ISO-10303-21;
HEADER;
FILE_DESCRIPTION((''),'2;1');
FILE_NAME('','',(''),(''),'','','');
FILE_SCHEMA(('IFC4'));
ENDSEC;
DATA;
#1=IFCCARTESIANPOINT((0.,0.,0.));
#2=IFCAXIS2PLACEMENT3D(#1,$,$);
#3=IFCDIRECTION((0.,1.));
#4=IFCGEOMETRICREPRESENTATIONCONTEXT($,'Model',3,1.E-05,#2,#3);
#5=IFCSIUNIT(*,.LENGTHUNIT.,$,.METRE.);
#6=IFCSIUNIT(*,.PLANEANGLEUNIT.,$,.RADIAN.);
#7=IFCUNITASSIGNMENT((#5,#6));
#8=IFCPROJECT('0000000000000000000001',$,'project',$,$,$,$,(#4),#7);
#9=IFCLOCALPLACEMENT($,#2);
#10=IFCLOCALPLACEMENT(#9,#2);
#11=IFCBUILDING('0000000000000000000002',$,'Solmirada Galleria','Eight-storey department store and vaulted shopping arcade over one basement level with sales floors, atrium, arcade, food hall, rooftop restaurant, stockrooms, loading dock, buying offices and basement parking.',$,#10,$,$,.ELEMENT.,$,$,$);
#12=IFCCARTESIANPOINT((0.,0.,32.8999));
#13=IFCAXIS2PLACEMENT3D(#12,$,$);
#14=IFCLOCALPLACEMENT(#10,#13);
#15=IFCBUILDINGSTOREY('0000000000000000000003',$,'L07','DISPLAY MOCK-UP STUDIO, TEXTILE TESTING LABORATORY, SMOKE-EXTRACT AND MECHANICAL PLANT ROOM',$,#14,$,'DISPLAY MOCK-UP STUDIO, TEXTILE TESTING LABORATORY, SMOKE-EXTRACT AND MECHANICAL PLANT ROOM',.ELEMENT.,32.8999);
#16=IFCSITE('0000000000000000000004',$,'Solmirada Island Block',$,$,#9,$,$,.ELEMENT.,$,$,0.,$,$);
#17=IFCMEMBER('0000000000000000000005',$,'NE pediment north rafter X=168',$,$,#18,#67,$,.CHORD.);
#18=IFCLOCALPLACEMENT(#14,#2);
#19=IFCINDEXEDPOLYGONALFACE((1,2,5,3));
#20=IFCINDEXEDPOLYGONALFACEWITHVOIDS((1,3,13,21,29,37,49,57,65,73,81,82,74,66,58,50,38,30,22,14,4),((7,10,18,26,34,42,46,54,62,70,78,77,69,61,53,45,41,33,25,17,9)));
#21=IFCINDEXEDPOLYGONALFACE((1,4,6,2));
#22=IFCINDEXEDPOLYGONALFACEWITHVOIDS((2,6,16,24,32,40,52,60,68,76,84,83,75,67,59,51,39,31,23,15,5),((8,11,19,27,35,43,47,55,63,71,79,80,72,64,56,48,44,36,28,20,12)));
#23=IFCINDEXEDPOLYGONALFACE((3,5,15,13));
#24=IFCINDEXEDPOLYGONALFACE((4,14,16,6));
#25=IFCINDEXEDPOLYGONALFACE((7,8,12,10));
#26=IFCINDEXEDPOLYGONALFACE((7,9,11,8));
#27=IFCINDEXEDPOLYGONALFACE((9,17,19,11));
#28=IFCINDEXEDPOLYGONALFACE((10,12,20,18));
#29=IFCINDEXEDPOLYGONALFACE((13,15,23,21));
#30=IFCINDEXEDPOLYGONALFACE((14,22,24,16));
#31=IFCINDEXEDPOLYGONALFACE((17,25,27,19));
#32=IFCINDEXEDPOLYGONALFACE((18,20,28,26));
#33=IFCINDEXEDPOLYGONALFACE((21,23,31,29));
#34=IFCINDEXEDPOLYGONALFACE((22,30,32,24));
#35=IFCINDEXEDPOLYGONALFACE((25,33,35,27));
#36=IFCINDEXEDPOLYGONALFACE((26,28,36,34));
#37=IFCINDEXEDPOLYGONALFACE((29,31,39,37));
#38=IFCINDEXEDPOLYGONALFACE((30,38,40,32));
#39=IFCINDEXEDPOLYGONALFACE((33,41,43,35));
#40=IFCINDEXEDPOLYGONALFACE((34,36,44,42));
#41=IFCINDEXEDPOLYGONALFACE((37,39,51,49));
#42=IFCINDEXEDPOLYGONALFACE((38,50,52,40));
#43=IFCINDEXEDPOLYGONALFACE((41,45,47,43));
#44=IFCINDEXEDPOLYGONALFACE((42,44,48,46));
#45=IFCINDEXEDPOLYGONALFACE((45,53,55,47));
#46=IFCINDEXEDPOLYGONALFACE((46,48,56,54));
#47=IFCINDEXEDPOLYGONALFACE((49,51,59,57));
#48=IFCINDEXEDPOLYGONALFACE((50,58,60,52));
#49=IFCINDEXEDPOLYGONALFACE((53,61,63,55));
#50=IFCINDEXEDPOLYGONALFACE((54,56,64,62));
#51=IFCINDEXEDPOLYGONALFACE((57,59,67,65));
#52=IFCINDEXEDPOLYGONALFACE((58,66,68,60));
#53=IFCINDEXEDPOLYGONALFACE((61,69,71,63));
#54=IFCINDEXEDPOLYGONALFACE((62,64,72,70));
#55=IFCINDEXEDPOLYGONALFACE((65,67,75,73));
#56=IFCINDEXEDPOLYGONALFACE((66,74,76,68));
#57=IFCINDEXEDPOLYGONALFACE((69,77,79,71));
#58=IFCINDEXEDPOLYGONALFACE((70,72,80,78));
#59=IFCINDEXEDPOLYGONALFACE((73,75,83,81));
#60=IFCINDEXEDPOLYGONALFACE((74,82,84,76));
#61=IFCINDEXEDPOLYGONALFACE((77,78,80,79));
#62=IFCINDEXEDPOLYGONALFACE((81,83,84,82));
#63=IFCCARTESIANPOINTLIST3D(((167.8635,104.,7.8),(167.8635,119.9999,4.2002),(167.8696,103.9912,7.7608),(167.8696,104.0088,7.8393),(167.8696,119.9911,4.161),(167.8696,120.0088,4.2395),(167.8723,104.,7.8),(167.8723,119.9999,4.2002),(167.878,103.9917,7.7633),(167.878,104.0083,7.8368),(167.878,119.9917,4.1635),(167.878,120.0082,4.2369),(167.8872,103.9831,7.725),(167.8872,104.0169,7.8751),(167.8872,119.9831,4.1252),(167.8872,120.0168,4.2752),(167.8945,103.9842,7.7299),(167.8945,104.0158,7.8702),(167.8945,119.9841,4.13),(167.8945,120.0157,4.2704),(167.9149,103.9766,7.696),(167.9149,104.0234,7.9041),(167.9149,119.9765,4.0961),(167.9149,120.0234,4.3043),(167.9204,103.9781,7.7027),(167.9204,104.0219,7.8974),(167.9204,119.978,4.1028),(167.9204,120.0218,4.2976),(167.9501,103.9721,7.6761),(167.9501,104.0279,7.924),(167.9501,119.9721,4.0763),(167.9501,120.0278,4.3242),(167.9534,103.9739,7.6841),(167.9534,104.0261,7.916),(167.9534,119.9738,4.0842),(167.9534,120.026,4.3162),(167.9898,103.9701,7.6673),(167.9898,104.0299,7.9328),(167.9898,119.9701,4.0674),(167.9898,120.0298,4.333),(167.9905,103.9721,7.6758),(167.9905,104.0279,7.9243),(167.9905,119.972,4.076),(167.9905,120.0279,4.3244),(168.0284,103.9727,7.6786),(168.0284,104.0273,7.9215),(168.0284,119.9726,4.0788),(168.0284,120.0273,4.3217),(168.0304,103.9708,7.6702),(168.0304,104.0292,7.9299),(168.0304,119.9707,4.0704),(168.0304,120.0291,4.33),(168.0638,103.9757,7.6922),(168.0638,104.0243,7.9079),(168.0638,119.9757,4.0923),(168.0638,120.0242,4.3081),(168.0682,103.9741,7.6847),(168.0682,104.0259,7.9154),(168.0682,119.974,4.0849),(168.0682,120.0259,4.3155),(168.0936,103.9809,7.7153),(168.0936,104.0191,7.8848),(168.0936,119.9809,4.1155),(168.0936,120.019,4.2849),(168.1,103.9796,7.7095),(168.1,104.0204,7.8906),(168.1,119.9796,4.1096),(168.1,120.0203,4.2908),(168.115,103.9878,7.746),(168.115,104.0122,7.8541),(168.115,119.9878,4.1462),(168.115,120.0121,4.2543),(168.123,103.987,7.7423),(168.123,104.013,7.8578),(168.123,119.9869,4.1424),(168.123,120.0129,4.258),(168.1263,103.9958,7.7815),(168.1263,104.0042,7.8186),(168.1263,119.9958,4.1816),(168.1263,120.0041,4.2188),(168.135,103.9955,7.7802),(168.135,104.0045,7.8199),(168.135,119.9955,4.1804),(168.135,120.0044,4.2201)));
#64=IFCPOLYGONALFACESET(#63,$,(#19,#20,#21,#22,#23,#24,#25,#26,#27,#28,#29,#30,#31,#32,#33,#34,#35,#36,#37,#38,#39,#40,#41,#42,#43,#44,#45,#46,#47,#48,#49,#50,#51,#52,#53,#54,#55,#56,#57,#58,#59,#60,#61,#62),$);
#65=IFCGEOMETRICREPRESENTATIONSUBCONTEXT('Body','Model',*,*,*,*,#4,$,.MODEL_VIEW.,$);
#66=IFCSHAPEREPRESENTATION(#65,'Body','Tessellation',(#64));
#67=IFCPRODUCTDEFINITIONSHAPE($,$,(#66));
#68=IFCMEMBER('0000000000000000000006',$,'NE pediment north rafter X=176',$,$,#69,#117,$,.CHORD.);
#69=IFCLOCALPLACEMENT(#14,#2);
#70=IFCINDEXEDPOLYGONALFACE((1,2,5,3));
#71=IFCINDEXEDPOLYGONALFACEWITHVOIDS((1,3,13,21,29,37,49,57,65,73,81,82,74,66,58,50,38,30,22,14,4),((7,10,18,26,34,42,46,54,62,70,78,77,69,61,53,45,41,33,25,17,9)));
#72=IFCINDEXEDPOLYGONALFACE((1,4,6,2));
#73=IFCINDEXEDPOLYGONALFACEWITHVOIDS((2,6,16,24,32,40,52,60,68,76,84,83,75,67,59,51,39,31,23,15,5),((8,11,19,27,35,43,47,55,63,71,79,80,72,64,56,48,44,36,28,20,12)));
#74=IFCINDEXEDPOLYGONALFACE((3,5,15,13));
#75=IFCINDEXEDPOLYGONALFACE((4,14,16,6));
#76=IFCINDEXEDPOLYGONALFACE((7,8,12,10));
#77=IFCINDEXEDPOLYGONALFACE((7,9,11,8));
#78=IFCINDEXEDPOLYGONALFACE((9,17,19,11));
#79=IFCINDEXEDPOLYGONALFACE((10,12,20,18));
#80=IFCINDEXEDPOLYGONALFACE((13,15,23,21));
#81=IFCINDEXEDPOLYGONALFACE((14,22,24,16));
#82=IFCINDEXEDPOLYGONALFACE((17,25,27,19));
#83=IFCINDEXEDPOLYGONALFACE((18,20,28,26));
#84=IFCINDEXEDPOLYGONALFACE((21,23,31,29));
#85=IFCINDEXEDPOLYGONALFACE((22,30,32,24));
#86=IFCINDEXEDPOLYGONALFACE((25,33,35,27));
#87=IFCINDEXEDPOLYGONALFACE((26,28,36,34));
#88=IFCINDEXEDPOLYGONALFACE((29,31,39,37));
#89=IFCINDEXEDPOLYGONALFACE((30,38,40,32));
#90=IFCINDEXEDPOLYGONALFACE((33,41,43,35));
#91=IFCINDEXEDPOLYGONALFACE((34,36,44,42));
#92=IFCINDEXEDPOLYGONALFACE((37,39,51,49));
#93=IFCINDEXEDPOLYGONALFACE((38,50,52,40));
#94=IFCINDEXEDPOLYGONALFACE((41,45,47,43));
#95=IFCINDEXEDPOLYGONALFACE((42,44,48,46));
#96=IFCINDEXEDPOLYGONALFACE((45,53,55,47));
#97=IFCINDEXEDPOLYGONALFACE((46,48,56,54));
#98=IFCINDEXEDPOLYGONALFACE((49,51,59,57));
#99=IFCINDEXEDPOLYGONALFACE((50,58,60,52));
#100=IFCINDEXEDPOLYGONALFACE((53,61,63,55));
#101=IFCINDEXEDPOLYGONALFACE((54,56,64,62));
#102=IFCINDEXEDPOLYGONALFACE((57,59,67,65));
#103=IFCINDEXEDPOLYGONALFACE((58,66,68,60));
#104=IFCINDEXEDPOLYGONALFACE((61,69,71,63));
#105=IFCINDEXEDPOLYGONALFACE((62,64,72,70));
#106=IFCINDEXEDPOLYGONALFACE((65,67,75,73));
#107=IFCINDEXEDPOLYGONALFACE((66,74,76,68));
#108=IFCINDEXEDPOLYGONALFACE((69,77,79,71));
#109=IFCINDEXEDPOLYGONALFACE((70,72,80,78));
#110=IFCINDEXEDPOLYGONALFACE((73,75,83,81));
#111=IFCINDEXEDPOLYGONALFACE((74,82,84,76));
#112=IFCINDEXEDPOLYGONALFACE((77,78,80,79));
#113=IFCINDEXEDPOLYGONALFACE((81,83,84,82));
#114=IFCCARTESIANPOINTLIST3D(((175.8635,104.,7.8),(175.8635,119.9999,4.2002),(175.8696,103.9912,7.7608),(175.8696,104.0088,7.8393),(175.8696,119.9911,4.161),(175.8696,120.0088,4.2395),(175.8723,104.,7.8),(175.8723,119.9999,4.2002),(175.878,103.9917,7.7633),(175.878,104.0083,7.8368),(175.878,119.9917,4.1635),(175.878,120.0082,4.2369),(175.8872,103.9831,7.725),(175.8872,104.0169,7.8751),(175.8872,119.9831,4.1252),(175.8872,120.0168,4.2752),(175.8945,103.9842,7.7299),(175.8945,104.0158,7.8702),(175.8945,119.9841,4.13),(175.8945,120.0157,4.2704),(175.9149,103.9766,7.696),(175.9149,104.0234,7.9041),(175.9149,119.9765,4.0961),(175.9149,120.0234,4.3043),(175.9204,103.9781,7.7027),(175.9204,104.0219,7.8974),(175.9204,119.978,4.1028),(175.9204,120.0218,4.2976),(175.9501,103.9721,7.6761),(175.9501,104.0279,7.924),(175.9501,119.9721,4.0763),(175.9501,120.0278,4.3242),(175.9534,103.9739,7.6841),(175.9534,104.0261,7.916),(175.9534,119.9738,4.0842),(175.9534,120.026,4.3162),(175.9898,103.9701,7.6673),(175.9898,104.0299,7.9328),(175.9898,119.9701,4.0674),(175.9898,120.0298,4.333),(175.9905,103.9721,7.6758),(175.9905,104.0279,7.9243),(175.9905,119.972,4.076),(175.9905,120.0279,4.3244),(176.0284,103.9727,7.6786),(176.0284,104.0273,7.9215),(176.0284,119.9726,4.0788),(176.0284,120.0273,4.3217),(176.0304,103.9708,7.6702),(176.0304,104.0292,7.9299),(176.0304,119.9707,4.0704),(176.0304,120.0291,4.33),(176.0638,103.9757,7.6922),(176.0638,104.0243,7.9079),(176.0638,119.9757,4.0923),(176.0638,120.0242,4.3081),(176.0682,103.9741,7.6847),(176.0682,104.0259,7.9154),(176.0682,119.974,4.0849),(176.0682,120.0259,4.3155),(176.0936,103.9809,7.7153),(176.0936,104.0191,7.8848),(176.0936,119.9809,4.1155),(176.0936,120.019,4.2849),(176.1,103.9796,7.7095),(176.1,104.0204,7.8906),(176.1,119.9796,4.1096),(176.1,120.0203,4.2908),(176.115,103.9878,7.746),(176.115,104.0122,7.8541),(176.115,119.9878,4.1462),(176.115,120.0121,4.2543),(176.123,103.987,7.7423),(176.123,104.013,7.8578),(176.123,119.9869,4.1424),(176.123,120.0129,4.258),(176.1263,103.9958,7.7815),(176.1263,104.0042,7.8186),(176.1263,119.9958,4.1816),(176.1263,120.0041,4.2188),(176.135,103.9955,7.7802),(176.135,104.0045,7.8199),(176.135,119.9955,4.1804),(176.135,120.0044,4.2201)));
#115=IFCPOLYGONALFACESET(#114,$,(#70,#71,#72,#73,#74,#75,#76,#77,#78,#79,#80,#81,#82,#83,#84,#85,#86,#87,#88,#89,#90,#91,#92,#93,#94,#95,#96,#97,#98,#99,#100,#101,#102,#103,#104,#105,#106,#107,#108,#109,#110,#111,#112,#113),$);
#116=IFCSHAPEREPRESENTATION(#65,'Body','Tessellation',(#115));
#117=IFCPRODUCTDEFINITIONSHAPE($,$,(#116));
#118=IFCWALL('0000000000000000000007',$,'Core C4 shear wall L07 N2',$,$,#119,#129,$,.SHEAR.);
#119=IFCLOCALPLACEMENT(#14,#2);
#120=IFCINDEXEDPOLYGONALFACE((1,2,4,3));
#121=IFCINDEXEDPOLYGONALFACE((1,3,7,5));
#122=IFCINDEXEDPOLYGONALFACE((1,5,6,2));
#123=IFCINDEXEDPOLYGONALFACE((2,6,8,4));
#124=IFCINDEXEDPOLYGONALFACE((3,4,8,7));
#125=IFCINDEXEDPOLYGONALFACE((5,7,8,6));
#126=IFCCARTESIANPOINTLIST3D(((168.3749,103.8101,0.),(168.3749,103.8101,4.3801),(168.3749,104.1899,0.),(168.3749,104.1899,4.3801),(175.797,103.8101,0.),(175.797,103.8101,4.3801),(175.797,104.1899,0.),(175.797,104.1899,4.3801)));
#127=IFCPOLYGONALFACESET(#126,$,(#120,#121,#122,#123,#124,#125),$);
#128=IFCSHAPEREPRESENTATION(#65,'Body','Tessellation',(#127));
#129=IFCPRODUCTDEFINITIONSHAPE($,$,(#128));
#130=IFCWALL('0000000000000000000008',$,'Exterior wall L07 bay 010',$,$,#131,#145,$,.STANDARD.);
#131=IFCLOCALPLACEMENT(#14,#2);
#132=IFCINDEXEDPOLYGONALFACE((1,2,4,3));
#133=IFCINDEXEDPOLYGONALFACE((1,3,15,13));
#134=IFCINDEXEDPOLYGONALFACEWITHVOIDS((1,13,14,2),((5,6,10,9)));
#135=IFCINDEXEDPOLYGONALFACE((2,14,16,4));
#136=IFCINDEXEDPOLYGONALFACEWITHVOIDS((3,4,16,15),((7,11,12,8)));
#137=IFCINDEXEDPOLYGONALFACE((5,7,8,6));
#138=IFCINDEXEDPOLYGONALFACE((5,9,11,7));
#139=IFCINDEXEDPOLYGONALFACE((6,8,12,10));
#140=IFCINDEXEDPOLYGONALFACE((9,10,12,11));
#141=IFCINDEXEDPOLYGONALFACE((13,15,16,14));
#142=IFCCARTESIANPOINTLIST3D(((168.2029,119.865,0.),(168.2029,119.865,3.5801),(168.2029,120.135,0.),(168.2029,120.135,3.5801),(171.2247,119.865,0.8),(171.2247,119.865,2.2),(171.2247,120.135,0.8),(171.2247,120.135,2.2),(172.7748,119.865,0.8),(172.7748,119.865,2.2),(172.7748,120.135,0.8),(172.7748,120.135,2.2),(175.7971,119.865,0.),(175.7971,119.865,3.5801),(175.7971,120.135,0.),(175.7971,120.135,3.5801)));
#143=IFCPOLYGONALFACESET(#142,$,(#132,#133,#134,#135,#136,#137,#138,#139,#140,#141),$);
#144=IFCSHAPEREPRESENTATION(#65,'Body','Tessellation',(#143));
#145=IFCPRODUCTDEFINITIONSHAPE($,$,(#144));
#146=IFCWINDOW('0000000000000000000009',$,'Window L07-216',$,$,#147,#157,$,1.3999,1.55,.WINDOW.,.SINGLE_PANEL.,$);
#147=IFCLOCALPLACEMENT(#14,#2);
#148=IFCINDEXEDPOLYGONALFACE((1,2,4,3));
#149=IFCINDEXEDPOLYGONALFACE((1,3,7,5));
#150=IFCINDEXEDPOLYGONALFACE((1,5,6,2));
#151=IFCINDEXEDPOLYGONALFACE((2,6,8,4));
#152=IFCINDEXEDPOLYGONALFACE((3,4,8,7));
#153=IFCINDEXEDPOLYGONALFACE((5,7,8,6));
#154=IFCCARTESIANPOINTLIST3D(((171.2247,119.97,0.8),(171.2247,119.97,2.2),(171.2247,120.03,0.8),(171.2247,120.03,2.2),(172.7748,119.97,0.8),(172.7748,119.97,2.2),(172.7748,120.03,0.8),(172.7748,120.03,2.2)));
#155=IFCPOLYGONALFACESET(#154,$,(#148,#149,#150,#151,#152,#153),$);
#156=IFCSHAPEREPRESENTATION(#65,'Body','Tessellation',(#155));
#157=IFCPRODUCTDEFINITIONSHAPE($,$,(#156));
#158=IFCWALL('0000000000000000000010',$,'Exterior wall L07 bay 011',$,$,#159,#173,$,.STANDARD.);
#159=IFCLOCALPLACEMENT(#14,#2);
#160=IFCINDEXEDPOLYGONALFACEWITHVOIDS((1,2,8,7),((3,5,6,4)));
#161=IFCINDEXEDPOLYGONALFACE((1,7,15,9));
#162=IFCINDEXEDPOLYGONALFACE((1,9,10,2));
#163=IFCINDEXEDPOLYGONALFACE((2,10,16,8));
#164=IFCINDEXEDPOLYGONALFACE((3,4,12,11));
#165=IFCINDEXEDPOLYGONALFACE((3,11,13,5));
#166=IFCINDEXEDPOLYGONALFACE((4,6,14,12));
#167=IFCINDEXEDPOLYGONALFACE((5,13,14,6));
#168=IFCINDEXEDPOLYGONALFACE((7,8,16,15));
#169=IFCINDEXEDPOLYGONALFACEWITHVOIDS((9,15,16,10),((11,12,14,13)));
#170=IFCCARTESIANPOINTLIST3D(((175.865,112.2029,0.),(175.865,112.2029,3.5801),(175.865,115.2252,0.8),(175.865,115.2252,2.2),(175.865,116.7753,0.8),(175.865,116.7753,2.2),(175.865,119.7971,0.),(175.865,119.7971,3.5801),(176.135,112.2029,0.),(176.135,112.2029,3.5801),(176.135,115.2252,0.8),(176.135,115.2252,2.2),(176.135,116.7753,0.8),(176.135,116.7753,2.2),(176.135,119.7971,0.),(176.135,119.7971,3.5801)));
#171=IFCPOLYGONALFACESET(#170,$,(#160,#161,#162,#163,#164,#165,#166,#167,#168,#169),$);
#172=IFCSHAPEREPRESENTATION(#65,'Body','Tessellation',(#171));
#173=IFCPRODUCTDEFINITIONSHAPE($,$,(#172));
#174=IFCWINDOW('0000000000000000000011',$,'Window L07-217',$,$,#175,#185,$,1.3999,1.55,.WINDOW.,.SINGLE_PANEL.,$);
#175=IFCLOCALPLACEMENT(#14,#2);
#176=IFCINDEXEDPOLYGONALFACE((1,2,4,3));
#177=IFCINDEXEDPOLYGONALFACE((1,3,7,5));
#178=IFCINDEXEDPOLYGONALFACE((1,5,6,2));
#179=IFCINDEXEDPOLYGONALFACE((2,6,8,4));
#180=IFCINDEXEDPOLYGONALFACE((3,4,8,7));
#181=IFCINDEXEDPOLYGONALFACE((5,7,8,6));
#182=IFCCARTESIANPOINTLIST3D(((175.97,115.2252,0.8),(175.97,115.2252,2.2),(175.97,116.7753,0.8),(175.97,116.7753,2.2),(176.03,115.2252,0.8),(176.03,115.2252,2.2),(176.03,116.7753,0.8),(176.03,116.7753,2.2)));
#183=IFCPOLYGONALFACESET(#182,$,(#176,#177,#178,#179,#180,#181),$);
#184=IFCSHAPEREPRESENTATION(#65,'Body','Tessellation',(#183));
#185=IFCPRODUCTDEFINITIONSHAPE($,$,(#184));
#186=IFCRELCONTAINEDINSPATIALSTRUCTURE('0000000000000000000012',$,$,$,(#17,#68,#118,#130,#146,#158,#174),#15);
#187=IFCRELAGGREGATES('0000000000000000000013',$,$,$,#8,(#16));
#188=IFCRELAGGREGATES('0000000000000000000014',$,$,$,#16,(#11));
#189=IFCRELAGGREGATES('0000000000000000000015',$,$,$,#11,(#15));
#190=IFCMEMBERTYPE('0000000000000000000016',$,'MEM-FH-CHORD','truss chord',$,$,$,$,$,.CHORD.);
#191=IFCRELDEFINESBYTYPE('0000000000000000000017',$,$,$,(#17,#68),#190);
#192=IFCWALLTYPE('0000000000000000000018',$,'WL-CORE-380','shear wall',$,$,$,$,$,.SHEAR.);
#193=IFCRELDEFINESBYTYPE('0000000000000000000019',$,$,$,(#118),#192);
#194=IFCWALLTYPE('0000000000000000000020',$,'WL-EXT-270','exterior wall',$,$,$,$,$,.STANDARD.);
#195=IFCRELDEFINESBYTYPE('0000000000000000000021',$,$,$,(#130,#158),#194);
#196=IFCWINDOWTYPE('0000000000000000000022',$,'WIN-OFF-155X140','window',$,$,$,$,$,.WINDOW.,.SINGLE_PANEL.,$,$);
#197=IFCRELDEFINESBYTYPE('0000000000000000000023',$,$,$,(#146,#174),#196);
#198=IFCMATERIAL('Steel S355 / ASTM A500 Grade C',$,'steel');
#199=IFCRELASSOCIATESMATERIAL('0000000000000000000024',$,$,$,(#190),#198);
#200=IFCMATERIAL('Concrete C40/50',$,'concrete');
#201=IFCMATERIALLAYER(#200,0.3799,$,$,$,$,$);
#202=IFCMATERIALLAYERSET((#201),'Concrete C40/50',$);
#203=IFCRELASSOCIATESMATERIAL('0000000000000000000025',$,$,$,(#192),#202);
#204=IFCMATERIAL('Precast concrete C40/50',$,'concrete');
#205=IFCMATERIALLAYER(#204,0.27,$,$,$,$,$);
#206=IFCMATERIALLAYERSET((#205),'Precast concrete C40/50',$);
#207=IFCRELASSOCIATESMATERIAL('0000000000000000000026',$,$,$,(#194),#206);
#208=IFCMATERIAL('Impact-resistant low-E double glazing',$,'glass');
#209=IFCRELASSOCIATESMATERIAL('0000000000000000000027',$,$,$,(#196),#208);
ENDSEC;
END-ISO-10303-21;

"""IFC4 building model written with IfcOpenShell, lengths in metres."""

from ifc_helpers import new_model, si_unit, direction, frame, frame_2d, origin, origin_2d, place, context, subcontext, project, spatial, rectangle, hollow_circle, extrude, material, layer, layer_set, material_profile, profile_set, type_object, element, fill, save


model = new_model("IFC4")

# Units and contexts
model_context = context("Model", 3, precision=1e-05, world=origin(), true_north=direction((0.0, 1.0)))
body_context = subcontext(model_context, "Body", "Model", "MODEL_VIEW")
ifc_project = project(units=[si_unit("LENGTHUNIT", "METRE"), si_unit("PLANEANGLEUNIT", "RADIAN")], contexts=[model_context])

# Site, building, storey
site_placement = place(None, origin())
site = spatial("IfcSite", under=ifc_project, at=site_placement, Name="Solmirada Island Block", CompositionType="ELEMENT", RefElevation=0.0)
building_placement = place(site_placement, origin())
building = spatial("IfcBuilding", under=site, at=building_placement, Name="Solmirada Galleria", Description="Eight-storey department store and vaulted shopping arcade over one basement level with sales floors, atrium, arcade, food hall, rooftop restaurant, stockrooms, loading dock, buying offices and basement parking.", CompositionType="ELEMENT")
storey_placement = place(building_placement, frame((0.0, 0.0, 32.8999)))
storey = spatial("IfcBuildingStorey", under=building, at=storey_placement, Name="L07", Description="DISPLAY MOCK-UP STUDIO, TEXTILE TESTING LABORATORY, SMOKE-EXTRACT AND MECHANICAL PLANT ROOM", LongName="DISPLAY MOCK-UP STUDIO, TEXTILE TESTING LABORATORY, SMOKE-EXTRACT AND MECHANICAL PLANT ROOM", CompositionType="ELEMENT", Elevation=32.8999)

# Shared definitions
ifc_material_1 = material(Name="Steel S355 / ASTM A500 Grade C", Category="steel")
ifc_material_2 = material(Name="Concrete C40/50", Category="concrete")

# Members
ifc_material_profile_1 = material_profile(ifc_material_1, hollow_circle(Radius=0.1365, WallThickness=0.0088, at=origin_2d()), Name="HSS10.750X0.375")
ifc_profile_set_1 = profile_set([ifc_material_profile_1], Name="Steel S355 / ASTM A500 Grade C")
member_type_1 = type_object("IfcMemberType", Name="MEM-FH-CHORD", Description="truss chord", PredefinedType="CHORD", material=ifc_profile_set_1)
for number, where, z_axis, x_axis, name in (
    (1, (168.0, 104.0, 7.8), (0.0, 0.975612, -0.219504), (-1.0, 0.0, 0.0), "NE pediment north rafter X=168"),
    (2, (176.0, 104.0, 7.8), (0.0, 0.975612, -0.219504), (-1.0, 0.0, 0.0), "NE pediment north rafter X=176"),
):
    element("IfcMember", number, at=place(storey_placement, frame(where, z_axis=z_axis, x_axis=x_axis)), inside=storey, type_object=member_type_1, Name=name, PredefinedType="CHORD", context=body_context, shape_type="SweptSolid", body=[
        extrude(hollow_circle(Radius=0.1365, WallThickness=0.0088, at=origin_2d()), origin(), (0.0, 0.0, 1.0), 16.3999),
    ])

# Wall
ifc_layer_1 = layer(ifc_material_2, 0.3799)
ifc_layer_set_1 = layer_set([ifc_layer_1], Name="Concrete C40/50")
wall_type_1 = type_object("IfcWallType", Name="WL-CORE-380", Description="shear wall", PredefinedType="SHEAR", material=ifc_layer_set_1)
wall_1_placement = place(storey_placement, frame((168.375, 104.0, 0.0), z_axis=(0.0, 0.0, 1.0), x_axis=(1.0, 0.0, 0.0)))
element("IfcWall", 3, at=wall_1_placement, inside=storey, type_object=wall_type_1, Name="Core C4 shear wall L07 N2", PredefinedType="SHEAR", context=body_context, shape_type="SweptSolid", body=[
    extrude(rectangle(XDim=7.4221, YDim=0.3799, at=frame_2d((3.7109, 0.0))), origin(), (0.0, 0.0, 1.0), 4.3801),
])

# Walls, openings, windows
ifc_material_3 = material(Name="Precast concrete C40/50", Category="concrete")
ifc_layer_2 = layer(ifc_material_3, 0.27)
ifc_layer_set_2 = layer_set([ifc_layer_2], Name="Precast concrete C40/50")
wall_type_2 = type_object("IfcWallType", Name="WL-EXT-270", Description="exterior wall", PredefinedType="STANDARD", material=ifc_layer_set_2)
wall_2_placement = place(storey_placement, frame((168.2029, 120.0, 0.0), z_axis=(0.0, 0.0, 1.0), x_axis=(1.0, 0.0, 0.0)))
wall_2 = element("IfcWall", 4, at=wall_2_placement, inside=storey, type_object=wall_type_2, Name="Exterior wall L07 bay 010", PredefinedType="STANDARD", context=body_context, shape_type="SweptSolid", body=[
    extrude(rectangle(XDim=7.5942, YDim=0.27, at=frame_2d((3.7971, 0.0))), origin(), (0.0, 0.0, 1.0), 3.5801),
])
opening_1_placement = place(wall_2_placement, frame((3.022, 0.0, 0.8)))
opening_1 = element("IfcOpeningElement", 5, at=opening_1_placement, cuts=wall_2, PredefinedType="OPENING", context=body_context, shape_type="SweptSolid", body=[
    extrude(rectangle(XDim=1.55, YDim=1.3999, at=frame_2d((0.7749, 0.7))), frame((0.0, 0.145, 0.0), z_axis=(0.0, -1.0, 0.0), x_axis=(1.0, 0.0, 0.0)), (0.0, 0.0, 1.0), 0.29),
])
ifc_material_4 = material(Name="Impact-resistant low-E double glazing", Category="glass")
window_type = type_object("IfcWindowType", Name="WIN-OFF-155X140", Description="window", PartitioningType="SINGLE_PANEL", PredefinedType="WINDOW", material=ifc_material_4)
window_1_placement = place(opening_1_placement, origin())
window_1 = element("IfcWindow", 6, at=window_1_placement, inside=storey, type_object=window_type, Name="Window L07-216", OverallHeight=1.3999, OverallWidth=1.55, PartitioningType="SINGLE_PANEL", PredefinedType="WINDOW", context=body_context, shape_type="SweptSolid", body=[
    extrude(rectangle(XDim=1.55, YDim=1.3999, at=frame_2d((0.7749, 0.7))), frame((0.0, 0.03, 0.0), z_axis=(0.0, -1.0, 0.0), x_axis=(1.0, 0.0, 0.0)), (0.0, 0.0, 1.0), 0.0601),
])
fill(opening_1, window_1)
wall_3_placement = place(storey_placement, frame((176.0, 119.7971, 0.0), z_axis=(0.0, 0.0, 1.0), x_axis=(0.0, -1.0, 0.0)))
wall_3 = element("IfcWall", 7, at=wall_3_placement, inside=storey, type_object=wall_type_2, Name="Exterior wall L07 bay 011", PredefinedType="STANDARD", context=body_context, shape_type="SweptSolid", body=[
    extrude(rectangle(XDim=7.5942, YDim=0.27, at=frame_2d((3.7971, 0.0))), origin(), (0.0, 0.0, 1.0), 3.5801),
])
opening_2_placement = place(wall_3_placement, frame((3.022, 0.0, 0.8)))
opening_2 = element("IfcOpeningElement", 8, at=opening_2_placement, cuts=wall_3, PredefinedType="OPENING", context=body_context, shape_type="SweptSolid", body=[
    extrude(rectangle(XDim=1.55, YDim=1.3999, at=frame_2d((0.7749, 0.7))), frame((0.0, 0.145, 0.0), z_axis=(0.0, -1.0, 0.0), x_axis=(1.0, 0.0, 0.0)), (0.0, 0.0, 1.0), 0.29),
])
window_2_placement = place(opening_2_placement, origin())
window_2 = element("IfcWindow", 9, at=window_2_placement, inside=storey, type_object=window_type, Name="Window L07-217", OverallHeight=1.3999, OverallWidth=1.55, PartitioningType="SINGLE_PANEL", PredefinedType="WINDOW", context=body_context, shape_type="SweptSolid", body=[
    extrude(rectangle(XDim=1.55, YDim=1.3999, at=frame_2d((0.7749, 0.7))), frame((0.0, 0.03, 0.0), z_axis=(0.0, -1.0, 0.0), x_axis=(1.0, 0.0, 0.0)), (0.0, 0.0, 1.0), 0.0601),
])
fill(opening_2, window_2)

save(model, "model.ifc")
